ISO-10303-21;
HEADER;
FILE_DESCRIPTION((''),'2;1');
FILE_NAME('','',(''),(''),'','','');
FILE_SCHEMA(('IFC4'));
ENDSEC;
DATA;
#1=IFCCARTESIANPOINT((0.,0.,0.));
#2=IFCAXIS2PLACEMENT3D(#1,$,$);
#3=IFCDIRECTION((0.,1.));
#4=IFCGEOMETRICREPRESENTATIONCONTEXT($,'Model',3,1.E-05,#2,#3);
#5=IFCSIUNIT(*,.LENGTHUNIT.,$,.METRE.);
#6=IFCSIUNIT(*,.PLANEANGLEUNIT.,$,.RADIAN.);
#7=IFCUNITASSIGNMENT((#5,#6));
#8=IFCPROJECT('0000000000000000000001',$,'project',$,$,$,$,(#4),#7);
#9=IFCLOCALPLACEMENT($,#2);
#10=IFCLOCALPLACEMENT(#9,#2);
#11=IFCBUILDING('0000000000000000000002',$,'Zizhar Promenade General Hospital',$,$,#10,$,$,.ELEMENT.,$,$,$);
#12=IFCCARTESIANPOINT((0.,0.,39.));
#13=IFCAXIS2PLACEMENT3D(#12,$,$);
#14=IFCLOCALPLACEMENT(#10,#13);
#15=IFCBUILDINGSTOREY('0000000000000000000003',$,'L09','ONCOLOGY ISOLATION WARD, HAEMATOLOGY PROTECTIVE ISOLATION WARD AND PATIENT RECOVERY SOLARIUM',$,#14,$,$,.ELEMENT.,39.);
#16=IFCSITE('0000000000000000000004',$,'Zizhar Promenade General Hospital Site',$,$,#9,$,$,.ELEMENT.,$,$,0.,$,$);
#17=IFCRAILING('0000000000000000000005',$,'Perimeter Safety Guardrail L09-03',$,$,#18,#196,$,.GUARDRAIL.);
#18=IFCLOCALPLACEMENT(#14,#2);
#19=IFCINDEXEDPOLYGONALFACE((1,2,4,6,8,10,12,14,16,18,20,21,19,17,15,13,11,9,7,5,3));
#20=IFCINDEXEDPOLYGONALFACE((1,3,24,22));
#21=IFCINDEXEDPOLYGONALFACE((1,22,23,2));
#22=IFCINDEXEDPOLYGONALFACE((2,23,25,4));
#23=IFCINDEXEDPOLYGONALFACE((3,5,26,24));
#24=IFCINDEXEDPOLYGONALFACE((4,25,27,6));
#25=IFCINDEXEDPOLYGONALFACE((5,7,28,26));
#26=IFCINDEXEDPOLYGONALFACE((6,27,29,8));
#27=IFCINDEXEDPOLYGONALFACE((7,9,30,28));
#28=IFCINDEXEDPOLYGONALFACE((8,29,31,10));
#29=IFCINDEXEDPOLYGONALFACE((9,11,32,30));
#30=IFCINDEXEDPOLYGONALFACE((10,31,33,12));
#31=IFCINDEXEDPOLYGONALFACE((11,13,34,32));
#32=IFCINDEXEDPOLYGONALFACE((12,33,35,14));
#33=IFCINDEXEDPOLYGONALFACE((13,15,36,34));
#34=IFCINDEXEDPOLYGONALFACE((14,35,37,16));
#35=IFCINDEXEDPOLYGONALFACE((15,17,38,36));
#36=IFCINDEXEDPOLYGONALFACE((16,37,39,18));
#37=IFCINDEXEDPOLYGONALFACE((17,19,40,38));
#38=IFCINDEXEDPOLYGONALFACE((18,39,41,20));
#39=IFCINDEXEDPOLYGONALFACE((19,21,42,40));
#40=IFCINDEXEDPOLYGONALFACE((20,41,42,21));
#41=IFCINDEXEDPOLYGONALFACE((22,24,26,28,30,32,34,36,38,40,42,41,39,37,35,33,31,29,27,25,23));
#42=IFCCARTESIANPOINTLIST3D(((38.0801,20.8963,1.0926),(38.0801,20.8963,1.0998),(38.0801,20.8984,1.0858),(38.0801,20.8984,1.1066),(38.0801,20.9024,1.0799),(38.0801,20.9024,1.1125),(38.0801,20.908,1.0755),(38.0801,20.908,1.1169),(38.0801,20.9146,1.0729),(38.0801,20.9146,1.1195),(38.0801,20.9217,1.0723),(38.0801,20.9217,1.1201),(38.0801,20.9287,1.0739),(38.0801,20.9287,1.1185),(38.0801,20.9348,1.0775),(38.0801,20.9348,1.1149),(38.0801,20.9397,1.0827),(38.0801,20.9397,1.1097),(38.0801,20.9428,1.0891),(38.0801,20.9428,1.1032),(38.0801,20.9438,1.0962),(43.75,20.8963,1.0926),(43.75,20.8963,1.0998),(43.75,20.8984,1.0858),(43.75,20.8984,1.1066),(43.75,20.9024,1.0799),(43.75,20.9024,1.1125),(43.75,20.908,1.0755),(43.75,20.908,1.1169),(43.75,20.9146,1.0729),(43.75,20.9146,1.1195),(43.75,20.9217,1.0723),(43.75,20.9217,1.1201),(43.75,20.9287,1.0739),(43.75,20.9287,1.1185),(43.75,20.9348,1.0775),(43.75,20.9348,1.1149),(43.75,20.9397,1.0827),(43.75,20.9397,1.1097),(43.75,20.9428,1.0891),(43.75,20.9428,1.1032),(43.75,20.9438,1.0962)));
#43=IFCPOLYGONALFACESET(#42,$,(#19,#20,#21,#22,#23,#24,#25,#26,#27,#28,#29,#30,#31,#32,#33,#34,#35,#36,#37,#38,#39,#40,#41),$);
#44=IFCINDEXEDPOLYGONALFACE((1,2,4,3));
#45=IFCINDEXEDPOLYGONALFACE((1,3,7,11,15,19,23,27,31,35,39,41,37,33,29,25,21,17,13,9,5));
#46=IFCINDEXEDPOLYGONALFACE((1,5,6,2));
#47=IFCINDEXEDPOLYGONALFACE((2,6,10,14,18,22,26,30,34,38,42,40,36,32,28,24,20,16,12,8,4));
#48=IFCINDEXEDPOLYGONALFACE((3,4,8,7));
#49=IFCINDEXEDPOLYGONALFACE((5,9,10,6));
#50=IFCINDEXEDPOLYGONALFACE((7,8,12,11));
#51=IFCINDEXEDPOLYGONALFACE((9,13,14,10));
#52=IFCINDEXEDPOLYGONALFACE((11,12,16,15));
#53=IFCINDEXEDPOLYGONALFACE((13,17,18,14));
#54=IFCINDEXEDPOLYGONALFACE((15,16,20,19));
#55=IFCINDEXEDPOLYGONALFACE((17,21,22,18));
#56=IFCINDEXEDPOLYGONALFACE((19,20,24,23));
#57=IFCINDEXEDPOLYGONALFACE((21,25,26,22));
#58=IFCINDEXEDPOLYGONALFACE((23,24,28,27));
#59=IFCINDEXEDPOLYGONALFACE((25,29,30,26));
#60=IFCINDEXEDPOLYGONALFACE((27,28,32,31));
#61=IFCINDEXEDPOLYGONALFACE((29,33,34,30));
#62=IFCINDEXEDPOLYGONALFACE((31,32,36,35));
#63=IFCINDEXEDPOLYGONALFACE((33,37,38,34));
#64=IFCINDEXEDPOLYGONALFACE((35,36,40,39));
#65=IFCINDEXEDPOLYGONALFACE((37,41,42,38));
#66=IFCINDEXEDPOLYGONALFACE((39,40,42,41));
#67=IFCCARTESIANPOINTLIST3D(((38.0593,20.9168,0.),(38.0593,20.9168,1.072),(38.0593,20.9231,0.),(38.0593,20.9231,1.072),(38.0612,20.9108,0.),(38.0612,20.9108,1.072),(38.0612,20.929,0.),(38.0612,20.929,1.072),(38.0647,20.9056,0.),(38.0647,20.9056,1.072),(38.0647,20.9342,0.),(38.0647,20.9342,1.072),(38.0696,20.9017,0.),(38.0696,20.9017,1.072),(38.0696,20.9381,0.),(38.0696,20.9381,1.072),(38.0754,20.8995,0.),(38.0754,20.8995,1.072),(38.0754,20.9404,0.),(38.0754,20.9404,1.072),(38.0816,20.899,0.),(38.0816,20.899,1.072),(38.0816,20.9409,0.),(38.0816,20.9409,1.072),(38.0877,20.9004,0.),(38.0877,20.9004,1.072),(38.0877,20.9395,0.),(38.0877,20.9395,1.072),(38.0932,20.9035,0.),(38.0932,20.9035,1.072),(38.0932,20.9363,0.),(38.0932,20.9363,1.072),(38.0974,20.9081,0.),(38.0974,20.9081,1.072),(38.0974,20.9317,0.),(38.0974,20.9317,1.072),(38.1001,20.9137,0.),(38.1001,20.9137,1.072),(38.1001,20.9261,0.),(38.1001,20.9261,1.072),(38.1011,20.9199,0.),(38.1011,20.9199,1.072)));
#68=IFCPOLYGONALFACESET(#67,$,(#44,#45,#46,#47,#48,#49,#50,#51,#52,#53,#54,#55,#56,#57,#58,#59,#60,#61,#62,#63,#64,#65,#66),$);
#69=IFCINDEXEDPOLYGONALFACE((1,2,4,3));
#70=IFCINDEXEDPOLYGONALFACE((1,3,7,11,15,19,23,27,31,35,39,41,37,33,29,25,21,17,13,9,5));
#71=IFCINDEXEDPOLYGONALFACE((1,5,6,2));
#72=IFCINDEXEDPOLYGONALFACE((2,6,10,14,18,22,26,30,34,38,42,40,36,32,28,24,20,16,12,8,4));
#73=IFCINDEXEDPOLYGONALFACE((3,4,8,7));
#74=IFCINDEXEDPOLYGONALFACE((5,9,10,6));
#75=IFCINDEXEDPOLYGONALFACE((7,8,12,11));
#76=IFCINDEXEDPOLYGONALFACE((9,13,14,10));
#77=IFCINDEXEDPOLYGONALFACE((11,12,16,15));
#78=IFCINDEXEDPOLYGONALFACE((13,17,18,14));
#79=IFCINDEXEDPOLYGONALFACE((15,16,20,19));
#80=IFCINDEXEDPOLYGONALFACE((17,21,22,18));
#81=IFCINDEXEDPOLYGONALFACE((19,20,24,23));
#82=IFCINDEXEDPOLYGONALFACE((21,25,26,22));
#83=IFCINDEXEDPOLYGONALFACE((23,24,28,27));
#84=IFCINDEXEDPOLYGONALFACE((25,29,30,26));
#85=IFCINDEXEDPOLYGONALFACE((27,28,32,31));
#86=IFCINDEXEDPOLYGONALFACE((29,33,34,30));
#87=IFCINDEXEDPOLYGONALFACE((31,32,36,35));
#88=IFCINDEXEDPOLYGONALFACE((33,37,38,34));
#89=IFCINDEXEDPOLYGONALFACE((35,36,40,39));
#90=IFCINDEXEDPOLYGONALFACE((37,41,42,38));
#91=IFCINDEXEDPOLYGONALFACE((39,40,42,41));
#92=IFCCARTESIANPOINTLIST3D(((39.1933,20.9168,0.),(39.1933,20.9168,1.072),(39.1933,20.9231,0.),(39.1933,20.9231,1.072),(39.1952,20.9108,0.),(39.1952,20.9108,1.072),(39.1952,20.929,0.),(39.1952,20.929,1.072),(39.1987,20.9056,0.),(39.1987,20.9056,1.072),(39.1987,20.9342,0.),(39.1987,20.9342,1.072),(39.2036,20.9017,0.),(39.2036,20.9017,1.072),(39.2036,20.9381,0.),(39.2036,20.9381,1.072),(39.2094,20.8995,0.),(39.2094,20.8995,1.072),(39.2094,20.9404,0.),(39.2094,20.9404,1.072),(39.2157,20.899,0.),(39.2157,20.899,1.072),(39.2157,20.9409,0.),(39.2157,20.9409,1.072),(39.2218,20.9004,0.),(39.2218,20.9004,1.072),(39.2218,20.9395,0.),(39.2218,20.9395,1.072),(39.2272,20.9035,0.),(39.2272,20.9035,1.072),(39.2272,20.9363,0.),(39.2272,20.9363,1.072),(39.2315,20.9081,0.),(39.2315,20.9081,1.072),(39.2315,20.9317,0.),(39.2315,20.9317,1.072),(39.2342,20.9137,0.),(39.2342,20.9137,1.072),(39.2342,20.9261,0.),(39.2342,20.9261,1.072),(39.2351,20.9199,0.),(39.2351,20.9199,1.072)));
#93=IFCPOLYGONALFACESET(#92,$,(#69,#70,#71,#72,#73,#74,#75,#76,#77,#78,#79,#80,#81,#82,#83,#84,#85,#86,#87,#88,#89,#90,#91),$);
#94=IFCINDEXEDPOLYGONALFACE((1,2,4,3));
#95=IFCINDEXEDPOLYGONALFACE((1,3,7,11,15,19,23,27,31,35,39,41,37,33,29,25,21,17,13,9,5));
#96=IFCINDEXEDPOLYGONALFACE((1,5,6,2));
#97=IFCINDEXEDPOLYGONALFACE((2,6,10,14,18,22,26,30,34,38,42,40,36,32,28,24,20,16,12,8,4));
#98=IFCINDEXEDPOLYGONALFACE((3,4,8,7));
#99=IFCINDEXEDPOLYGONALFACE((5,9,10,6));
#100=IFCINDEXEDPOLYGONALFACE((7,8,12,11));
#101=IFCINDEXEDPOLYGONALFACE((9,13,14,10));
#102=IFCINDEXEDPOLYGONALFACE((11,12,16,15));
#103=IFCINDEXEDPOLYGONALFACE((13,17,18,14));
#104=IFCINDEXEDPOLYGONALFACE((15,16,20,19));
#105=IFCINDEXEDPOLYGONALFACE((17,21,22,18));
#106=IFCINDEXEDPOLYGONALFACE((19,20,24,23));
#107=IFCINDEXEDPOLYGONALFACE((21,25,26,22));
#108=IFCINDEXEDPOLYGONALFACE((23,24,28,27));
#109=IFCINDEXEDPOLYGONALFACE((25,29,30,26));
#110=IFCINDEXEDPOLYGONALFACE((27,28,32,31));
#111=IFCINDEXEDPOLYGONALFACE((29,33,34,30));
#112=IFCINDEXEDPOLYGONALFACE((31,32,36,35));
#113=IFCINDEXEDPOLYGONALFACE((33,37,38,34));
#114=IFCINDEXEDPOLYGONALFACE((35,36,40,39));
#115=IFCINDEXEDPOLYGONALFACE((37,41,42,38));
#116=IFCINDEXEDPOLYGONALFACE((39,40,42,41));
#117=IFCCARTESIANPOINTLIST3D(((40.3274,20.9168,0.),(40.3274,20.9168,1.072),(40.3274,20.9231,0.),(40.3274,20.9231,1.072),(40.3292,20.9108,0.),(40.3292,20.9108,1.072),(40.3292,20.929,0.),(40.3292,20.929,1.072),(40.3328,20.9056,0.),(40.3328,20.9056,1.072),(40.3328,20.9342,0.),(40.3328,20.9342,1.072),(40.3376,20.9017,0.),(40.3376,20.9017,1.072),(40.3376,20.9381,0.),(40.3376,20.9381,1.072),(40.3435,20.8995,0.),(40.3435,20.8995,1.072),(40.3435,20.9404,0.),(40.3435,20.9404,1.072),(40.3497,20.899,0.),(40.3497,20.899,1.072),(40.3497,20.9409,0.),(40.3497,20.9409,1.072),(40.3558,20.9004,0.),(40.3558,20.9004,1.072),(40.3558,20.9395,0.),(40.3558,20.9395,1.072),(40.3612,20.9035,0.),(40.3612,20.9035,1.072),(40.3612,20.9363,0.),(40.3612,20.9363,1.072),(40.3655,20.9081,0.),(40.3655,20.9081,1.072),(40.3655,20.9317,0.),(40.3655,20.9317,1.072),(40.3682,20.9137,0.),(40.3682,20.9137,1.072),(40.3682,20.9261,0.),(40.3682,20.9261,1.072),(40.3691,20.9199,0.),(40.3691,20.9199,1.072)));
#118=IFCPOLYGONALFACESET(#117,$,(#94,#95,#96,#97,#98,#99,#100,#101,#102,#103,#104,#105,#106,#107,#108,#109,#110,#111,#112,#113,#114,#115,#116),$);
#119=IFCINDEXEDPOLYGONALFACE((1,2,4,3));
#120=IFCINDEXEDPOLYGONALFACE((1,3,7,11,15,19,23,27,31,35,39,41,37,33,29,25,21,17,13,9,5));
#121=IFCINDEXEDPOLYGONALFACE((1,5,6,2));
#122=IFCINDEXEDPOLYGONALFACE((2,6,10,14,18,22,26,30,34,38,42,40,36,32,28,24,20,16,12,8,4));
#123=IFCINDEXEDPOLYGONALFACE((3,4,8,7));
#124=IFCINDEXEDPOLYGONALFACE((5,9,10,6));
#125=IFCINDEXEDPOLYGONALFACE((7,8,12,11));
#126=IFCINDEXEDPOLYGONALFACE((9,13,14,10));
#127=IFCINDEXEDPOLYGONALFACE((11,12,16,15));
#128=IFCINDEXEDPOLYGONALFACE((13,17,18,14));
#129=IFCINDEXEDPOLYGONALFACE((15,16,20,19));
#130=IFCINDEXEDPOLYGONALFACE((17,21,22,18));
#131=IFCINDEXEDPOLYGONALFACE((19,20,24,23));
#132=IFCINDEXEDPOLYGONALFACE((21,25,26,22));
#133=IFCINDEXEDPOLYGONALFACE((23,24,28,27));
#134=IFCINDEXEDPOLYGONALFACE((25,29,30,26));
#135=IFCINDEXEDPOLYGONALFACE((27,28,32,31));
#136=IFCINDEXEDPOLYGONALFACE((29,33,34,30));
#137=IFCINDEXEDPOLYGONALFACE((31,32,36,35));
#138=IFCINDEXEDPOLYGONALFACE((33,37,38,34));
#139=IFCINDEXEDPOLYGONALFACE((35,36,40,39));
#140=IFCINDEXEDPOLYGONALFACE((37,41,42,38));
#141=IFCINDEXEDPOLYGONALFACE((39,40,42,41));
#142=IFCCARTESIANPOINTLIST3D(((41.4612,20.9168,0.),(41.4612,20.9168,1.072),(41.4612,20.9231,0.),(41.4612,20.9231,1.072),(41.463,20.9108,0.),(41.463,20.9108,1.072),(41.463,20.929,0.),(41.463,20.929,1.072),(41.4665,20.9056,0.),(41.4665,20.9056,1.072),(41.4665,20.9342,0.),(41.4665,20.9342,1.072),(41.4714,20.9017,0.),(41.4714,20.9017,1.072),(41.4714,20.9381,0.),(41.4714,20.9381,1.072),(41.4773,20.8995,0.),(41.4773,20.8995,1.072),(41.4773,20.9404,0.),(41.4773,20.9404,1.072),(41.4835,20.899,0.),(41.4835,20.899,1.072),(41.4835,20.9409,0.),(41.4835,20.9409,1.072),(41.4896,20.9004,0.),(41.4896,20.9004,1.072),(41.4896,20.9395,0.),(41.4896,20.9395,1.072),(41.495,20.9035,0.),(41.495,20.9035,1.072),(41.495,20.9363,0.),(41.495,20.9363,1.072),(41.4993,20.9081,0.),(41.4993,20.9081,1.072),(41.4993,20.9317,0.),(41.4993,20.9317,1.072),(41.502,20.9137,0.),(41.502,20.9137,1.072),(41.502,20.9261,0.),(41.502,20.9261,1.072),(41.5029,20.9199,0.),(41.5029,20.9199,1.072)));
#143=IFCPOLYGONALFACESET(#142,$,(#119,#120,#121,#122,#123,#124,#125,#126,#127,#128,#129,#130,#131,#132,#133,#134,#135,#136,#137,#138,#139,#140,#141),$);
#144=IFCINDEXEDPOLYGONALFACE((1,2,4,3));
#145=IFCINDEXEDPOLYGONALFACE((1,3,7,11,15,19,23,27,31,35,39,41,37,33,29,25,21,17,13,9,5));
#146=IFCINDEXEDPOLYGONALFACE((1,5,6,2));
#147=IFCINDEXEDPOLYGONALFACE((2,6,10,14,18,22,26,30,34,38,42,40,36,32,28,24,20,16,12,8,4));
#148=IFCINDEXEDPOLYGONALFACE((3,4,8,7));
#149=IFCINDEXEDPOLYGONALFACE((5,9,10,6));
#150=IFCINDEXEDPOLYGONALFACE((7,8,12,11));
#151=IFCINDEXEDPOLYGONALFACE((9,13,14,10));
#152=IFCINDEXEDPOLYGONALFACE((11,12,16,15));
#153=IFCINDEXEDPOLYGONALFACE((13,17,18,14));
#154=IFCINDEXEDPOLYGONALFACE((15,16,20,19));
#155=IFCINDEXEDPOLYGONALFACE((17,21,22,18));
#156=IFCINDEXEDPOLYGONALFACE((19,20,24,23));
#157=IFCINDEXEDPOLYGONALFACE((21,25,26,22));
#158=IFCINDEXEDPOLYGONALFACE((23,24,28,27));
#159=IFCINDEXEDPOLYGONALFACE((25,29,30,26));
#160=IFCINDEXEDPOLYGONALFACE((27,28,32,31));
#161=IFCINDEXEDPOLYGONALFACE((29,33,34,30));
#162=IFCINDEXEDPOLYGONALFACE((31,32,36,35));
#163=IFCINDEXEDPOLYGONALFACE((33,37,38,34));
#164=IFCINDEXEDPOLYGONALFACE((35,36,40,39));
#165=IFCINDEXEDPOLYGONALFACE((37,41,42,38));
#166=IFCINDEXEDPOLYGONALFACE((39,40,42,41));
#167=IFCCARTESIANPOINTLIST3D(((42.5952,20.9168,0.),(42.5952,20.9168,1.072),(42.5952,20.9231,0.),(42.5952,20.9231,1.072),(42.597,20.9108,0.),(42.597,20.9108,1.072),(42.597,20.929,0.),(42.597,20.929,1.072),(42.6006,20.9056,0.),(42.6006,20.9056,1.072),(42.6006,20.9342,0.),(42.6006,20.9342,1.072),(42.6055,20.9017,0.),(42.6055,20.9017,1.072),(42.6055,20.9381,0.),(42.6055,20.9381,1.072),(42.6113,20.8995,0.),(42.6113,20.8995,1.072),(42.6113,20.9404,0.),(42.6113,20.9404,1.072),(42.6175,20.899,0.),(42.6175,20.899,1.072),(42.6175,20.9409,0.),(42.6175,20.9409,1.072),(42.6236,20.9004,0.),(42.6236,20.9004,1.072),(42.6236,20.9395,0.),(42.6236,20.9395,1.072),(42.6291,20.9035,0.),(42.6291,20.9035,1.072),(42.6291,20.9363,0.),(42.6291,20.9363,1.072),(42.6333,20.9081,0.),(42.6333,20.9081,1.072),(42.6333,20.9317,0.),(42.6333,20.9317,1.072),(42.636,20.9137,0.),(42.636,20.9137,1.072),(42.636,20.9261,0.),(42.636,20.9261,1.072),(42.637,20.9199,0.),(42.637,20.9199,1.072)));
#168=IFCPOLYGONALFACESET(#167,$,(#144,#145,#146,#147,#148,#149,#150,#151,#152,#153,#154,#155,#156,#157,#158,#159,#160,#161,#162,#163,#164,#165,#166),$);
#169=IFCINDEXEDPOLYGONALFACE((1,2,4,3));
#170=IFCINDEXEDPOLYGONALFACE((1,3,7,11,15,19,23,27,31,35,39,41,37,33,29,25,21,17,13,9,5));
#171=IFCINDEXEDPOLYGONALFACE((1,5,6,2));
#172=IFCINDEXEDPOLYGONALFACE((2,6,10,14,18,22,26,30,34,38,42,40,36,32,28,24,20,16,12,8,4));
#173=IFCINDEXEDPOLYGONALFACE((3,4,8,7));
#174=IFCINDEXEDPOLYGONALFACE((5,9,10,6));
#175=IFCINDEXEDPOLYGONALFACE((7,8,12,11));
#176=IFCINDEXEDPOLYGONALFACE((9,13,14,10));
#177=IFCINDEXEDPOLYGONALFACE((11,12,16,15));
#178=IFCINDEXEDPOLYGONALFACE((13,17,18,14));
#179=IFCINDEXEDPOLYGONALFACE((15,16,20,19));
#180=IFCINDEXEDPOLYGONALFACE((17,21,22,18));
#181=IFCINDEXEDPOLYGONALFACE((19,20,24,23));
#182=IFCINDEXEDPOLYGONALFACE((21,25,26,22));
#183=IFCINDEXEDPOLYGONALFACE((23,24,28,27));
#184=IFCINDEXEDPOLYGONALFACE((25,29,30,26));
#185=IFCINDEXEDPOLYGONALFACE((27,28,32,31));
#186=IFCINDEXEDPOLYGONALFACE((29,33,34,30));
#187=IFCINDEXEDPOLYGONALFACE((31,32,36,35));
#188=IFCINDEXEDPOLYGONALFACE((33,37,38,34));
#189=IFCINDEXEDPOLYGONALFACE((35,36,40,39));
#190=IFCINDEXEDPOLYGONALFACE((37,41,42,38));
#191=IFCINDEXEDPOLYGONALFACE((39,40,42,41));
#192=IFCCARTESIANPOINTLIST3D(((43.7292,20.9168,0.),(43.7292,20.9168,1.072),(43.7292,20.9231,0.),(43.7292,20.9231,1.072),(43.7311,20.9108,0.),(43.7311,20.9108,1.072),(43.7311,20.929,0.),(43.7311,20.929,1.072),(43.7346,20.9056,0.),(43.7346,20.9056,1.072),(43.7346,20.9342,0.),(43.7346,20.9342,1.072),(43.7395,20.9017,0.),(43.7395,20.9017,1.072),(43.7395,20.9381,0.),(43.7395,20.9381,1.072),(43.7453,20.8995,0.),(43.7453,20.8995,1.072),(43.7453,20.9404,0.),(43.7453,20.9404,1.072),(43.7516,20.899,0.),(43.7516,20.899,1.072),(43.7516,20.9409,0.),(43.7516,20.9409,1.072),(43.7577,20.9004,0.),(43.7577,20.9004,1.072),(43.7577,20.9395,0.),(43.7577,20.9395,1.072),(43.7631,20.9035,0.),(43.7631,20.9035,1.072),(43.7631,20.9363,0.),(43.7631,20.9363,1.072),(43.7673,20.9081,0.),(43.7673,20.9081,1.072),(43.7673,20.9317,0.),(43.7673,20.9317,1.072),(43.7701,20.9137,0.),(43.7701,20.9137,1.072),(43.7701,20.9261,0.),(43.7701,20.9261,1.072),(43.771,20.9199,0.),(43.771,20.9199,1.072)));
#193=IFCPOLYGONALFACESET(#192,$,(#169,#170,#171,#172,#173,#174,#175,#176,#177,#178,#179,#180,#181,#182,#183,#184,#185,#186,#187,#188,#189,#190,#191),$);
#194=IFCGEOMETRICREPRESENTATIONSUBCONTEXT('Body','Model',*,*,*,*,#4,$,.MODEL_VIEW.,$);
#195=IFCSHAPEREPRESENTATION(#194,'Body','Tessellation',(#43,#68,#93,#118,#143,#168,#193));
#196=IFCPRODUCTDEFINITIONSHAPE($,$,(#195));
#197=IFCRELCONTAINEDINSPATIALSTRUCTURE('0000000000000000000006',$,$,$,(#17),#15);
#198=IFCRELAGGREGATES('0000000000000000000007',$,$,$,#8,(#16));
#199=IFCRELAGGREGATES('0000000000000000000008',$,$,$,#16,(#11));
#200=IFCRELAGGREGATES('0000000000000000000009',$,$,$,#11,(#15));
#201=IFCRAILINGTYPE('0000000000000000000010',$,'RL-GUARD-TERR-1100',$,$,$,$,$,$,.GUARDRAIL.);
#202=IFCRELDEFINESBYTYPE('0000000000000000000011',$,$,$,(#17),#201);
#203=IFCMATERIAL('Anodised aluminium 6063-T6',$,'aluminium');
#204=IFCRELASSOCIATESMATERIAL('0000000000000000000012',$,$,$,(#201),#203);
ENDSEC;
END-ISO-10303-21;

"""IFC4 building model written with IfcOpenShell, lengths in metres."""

from ifc_helpers import new_model, si_unit, direction, frame, origin, origin_2d, place, context, subcontext, project, spatial, circle, hollow_circle, extrude, material, material_profile, profile_set, type_object, element, save


model = new_model("IFC4")

# Units and contexts
model_context = context("Model", 3, precision=1e-05, world=origin(), true_north=direction((0.0, 1.0)))
body_context = subcontext(model_context, "Body", "Model", "MODEL_VIEW")
ifc_project = project(units=[si_unit("LENGTHUNIT", "METRE"), si_unit("PLANEANGLEUNIT", "RADIAN")], contexts=[model_context])

# Site, building, storey
site_placement = place(None, origin())
site = spatial("IfcSite", under=ifc_project, at=site_placement, Name="Zizhar Promenade General Hospital Site", CompositionType="ELEMENT", RefElevation=0.0)
building_placement = place(site_placement, origin())
building = spatial("IfcBuilding", under=site, at=building_placement, Name="Zizhar Promenade General Hospital", CompositionType="ELEMENT")
storey_placement = place(building_placement, frame((0.0, 0.0, 39.0)))
storey = spatial("IfcBuildingStorey", under=building, at=storey_placement, Name="L09", Description="ONCOLOGY ISOLATION WARD, HAEMATOLOGY PROTECTIVE ISOLATION WARD AND PATIENT RECOVERY SOLARIUM", CompositionType="ELEMENT", Elevation=39.0)

# Railing
ifc_material_1 = material(Name="Anodised aluminium 6063-T6", Category="aluminium")
ifc_material_profile_1 = material_profile(ifc_material_1, hollow_circle(Radius=0.0698, WallThickness=0.0063, at=origin_2d()))
ifc_profile_set_1 = profile_set([ifc_material_profile_1], Name="Anodised aluminium 6063-T6")
railing_type = type_object("IfcRailingType", Name="RL-GUARD-TERR-1100", PredefinedType="GUARDRAIL", material=ifc_profile_set_1)
railing_1_placement = place(storey_placement, frame((38.0801, 20.9199, 0.0)))
element("IfcRailing", 1, at=railing_1_placement, inside=storey, type_object=railing_type, Name="Perimeter Safety Guardrail L09-03", PredefinedType="GUARDRAIL", context=body_context, shape_type="SweptSolid", body=[
    extrude(circle(Radius=0.0239, at=origin_2d()), frame((0.0, 0.0, 1.0962), z_axis=(1.0, 0.0, 0.0), x_axis=(0.0, 1.0, 0.0)), (0.0, 0.0, 1.0), 5.6699),
    extrude(circle(Radius=0.021, at=origin_2d()), origin(), (0.0, 0.0, 1.0), 1.072),
    extrude(circle(Radius=0.021, at=origin_2d()), frame((1.134, 0.0, 0.0)), (0.0, 0.0, 1.0), 1.072),
    extrude(circle(Radius=0.021, at=origin_2d()), frame((2.2681, 0.0, 0.0)), (0.0, 0.0, 1.0), 1.072),
    extrude(circle(Radius=0.021, at=origin_2d()), frame((3.4019, 0.0, 0.0)), (0.0, 0.0, 1.0), 1.072),
    extrude(circle(Radius=0.021, at=origin_2d()), frame((4.5359, 0.0, 0.0)), (0.0, 0.0, 1.0), 1.072),
    extrude(circle(Radius=0.021, at=origin_2d()), frame((5.6699, 0.0, 0.0)), (0.0, 0.0, 1.0), 1.072),
])

save(model, "model.ifc")
